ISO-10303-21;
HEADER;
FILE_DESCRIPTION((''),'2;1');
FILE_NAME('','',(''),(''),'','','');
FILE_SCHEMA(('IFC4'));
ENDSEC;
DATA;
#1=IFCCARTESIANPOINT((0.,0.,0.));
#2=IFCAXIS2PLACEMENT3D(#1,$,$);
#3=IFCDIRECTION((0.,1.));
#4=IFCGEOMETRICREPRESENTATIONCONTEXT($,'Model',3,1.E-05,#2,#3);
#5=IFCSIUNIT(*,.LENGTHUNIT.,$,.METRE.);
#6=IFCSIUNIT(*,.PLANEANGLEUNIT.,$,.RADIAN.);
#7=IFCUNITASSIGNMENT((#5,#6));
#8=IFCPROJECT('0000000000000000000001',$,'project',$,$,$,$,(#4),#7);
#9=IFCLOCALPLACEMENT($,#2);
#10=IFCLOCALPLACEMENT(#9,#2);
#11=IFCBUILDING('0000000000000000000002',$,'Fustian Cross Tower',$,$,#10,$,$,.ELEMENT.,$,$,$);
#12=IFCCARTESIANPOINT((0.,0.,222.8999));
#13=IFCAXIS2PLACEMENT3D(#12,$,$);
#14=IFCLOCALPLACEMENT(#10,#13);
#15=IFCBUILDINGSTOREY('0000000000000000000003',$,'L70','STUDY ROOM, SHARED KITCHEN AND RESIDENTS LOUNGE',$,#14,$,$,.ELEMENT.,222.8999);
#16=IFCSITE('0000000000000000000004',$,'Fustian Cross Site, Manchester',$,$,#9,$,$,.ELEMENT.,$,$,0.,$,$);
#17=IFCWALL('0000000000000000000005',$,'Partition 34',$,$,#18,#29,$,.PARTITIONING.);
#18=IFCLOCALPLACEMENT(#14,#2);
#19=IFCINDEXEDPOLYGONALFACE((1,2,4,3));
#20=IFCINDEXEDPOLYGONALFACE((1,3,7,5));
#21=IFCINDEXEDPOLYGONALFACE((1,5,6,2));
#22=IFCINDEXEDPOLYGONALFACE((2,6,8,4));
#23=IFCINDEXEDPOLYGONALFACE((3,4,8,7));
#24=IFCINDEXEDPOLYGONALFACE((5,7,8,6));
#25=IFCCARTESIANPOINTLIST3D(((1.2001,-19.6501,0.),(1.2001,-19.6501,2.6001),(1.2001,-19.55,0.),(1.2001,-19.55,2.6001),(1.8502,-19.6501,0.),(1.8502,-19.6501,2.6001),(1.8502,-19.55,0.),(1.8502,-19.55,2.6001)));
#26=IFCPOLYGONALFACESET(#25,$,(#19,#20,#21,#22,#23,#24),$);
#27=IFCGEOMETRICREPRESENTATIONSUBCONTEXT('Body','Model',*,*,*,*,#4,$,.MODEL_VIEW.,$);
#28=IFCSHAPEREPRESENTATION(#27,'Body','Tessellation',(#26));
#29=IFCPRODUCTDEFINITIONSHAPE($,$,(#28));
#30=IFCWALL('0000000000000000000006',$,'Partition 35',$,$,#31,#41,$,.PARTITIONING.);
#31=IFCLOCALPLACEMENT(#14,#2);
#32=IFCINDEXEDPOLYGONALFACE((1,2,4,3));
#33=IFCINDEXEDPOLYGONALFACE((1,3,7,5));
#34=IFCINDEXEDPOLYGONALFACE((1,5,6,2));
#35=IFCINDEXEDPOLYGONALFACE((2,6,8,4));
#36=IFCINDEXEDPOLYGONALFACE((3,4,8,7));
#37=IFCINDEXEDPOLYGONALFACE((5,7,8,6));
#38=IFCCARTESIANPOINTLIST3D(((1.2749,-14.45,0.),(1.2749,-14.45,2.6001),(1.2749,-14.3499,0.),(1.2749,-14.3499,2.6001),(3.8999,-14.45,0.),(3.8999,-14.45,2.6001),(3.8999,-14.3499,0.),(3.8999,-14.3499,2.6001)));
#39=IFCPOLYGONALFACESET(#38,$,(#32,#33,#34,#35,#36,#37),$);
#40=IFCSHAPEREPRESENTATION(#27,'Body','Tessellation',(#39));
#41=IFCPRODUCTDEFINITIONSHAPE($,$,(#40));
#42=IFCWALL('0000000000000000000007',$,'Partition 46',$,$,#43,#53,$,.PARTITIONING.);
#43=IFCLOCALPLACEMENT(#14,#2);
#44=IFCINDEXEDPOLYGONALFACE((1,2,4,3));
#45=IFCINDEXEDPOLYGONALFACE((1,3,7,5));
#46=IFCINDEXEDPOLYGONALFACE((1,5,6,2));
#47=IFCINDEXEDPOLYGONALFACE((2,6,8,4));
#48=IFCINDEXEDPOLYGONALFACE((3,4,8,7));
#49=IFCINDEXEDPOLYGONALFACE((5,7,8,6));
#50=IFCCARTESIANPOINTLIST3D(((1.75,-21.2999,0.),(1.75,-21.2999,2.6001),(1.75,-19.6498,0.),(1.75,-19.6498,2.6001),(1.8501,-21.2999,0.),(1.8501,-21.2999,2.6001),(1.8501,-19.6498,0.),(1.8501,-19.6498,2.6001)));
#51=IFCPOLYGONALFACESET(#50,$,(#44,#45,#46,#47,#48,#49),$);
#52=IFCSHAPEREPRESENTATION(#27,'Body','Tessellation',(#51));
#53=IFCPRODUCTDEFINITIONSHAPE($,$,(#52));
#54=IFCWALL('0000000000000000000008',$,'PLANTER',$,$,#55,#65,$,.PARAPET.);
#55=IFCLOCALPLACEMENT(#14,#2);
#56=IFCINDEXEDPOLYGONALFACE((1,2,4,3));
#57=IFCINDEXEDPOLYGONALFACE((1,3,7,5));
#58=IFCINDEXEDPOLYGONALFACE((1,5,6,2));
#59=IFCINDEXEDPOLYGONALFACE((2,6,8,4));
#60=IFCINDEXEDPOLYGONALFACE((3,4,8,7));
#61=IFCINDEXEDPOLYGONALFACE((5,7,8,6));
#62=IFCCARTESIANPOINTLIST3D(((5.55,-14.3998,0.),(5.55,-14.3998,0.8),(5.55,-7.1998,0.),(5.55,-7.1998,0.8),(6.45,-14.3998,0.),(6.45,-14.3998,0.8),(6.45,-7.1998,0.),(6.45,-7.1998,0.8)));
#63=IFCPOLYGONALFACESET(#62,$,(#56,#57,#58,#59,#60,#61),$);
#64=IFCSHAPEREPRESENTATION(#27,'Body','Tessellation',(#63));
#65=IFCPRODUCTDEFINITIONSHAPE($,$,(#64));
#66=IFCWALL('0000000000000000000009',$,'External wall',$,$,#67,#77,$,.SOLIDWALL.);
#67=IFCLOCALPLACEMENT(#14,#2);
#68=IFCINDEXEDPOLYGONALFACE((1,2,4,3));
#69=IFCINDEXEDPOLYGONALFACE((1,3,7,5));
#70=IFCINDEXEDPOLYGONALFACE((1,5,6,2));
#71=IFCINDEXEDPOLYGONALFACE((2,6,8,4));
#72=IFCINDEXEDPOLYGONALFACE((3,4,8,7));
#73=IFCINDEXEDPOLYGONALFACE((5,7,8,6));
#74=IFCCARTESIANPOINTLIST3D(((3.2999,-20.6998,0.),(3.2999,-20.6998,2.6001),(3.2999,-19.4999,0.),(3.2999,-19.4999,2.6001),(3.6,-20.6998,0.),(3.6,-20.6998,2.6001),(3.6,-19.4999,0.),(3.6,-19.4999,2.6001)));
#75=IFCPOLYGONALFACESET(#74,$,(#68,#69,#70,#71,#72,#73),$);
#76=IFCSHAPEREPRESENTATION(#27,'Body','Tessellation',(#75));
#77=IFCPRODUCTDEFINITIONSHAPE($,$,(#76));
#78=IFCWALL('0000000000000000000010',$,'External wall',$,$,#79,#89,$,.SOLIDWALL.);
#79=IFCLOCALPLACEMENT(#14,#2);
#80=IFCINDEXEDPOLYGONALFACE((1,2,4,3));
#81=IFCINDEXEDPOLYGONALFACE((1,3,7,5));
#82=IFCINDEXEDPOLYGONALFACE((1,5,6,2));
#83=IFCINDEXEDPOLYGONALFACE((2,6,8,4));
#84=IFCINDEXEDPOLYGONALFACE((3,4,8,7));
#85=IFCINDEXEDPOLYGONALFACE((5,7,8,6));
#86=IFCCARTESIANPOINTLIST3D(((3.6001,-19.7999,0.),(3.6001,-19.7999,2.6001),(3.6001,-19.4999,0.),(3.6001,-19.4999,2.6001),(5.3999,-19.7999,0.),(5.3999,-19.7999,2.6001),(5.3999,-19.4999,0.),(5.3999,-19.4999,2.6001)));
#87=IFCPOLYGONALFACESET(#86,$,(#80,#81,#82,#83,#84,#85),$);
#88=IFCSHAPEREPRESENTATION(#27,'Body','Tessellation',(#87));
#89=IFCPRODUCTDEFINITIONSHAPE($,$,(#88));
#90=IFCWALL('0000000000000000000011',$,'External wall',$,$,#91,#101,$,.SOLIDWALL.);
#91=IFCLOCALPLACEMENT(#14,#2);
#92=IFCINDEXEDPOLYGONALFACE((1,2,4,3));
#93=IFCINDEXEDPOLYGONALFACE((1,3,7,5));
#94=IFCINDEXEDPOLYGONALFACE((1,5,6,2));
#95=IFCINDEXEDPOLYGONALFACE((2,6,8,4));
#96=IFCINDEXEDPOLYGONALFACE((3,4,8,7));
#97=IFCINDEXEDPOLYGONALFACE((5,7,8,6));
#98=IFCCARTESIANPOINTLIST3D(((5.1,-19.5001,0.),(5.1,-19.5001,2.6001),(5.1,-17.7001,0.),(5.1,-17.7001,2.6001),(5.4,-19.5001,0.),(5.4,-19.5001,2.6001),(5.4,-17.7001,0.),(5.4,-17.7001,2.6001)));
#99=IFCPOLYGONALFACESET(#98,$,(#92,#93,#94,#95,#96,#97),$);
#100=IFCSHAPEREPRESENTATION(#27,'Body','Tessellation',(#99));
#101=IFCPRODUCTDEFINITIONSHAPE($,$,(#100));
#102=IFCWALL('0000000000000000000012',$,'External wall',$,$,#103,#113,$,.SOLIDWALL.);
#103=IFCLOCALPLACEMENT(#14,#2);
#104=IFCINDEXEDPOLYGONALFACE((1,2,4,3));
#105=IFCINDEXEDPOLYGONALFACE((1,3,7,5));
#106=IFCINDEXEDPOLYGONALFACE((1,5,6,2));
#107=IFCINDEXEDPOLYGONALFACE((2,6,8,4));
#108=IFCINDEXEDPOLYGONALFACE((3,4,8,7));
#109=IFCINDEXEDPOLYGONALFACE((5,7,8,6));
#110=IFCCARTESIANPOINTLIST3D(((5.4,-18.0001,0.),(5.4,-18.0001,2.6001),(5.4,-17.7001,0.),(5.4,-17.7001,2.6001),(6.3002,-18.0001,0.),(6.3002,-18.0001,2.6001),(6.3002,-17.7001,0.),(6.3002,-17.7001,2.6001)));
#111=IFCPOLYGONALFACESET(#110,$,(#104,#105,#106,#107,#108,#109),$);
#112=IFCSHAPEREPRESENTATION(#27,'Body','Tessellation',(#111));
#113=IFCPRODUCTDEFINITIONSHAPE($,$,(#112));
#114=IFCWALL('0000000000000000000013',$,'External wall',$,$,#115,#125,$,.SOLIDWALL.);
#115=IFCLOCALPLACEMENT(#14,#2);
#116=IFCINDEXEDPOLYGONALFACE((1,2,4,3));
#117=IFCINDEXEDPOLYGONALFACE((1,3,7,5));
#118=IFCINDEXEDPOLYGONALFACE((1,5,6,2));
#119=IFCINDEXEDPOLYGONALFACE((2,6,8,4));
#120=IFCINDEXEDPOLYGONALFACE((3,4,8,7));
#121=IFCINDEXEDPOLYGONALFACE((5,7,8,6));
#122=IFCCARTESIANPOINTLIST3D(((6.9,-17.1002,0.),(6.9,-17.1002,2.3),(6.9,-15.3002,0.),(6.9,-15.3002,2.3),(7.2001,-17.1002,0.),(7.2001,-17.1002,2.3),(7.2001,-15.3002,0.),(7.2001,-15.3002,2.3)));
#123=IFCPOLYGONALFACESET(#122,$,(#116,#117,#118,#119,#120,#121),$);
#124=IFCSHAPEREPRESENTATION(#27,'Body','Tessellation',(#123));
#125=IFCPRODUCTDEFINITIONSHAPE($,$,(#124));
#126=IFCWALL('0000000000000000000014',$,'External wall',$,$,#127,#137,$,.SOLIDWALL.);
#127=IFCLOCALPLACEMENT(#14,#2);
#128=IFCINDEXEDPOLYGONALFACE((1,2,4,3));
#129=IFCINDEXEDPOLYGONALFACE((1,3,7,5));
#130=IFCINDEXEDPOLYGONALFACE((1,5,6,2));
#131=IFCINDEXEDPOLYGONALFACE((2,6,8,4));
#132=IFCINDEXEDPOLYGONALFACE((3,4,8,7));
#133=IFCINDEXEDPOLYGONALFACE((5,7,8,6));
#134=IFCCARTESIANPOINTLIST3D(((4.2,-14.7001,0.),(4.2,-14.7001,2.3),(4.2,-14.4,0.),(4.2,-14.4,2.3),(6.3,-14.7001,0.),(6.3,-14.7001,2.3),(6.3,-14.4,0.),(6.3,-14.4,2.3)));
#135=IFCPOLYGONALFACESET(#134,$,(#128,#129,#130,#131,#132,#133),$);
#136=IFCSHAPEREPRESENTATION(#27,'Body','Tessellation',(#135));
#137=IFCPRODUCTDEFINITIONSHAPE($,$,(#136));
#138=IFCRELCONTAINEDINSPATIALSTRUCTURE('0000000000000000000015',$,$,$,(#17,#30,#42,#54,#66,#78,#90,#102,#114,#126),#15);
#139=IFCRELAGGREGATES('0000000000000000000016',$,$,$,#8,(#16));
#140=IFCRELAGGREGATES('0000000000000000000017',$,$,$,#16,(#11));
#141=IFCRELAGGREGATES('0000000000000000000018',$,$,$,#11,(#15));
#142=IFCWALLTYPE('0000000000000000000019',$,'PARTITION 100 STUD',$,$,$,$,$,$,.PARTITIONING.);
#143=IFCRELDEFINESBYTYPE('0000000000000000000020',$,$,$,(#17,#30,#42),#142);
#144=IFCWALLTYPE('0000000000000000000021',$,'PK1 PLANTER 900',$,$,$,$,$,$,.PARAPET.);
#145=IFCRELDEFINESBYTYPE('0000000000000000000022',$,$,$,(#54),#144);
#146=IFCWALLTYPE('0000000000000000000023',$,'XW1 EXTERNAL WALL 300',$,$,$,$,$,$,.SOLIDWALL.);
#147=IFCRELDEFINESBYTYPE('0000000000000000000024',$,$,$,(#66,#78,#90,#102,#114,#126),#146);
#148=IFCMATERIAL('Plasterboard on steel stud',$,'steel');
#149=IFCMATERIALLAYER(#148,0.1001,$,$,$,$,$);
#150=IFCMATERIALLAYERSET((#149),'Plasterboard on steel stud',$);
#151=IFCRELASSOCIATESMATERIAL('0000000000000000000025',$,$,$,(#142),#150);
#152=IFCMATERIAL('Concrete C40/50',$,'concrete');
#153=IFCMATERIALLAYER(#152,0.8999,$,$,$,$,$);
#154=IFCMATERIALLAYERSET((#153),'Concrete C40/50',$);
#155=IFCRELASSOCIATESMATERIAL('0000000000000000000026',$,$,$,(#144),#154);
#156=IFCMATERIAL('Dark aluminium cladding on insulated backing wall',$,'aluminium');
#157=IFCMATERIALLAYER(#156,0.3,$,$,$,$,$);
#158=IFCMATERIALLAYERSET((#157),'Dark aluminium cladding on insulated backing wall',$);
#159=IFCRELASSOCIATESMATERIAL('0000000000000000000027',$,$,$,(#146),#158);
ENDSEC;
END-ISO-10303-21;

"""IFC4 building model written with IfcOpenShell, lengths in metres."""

from ifc_helpers import new_model, si_unit, direction, frame, frame_2d, origin, place, context, subcontext, project, spatial, rectangle, extrude, material, layer, layer_set, type_object, element, save


model = new_model("IFC4")

# Units and contexts
model_context = context("Model", 3, precision=1e-05, world=origin(), true_north=direction((0.0, 1.0)))
body_context = subcontext(model_context, "Body", "Model", "MODEL_VIEW")
ifc_project = project(units=[si_unit("LENGTHUNIT", "METRE"), si_unit("PLANEANGLEUNIT", "RADIAN")], contexts=[model_context])

# Site, building, storey
site_placement = place(None, origin())
site = spatial("IfcSite", under=ifc_project, at=site_placement, Name="Fustian Cross Site, Manchester", CompositionType="ELEMENT", RefElevation=0.0)
building_placement = place(site_placement, origin())
building = spatial("IfcBuilding", under=site, at=building_placement, Name="Fustian Cross Tower", CompositionType="ELEMENT")
storey_placement = place(building_placement, frame((0.0, 0.0, 222.8999)))
storey = spatial("IfcBuildingStorey", under=building, at=storey_placement, Name="L70", Description="STUDY ROOM, SHARED KITCHEN AND RESIDENTS LOUNGE", CompositionType="ELEMENT", Elevation=222.8999)

# Walls
ifc_material_1 = material(Name="Plasterboard on steel stud", Category="steel")
ifc_layer_1 = layer(ifc_material_1, 0.1001)
ifc_layer_set_1 = layer_set([ifc_layer_1], Name="Plasterboard on steel stud")
wall_type_1 = type_object("IfcWallType", Name="PARTITION 100 STUD", PredefinedType="PARTITIONING", material=ifc_layer_set_1)
wall_1_placement = place(storey_placement, frame((1.2, -19.6001, 0.0), z_axis=(0.0, 0.0, 1.0), x_axis=(1.0, 0.0, 0.0)))
element("IfcWall", 1, at=wall_1_placement, inside=storey, type_object=wall_type_1, Name="Partition 34", PredefinedType="PARTITIONING", context=body_context, shape_type="SweptSolid", body=[
    extrude(rectangle(XDim=0.6501, YDim=0.1001, at=frame_2d((0.3252, 0.0))), origin(), (0.0, 0.0, 1.0), 2.6001),
])
wall_2_placement = place(storey_placement, frame((1.2749, -14.3999, 0.0), z_axis=(0.0, 0.0, 1.0), x_axis=(1.0, 0.0, 0.0)))
element("IfcWall", 2, at=wall_2_placement, inside=storey, type_object=wall_type_1, Name="Partition 35", PredefinedType="PARTITIONING", context=body_context, shape_type="SweptSolid", body=[
    extrude(rectangle(XDim=2.625, YDim=0.1001, at=frame_2d((1.3125, 0.0))), origin(), (0.0, 0.0, 1.0), 2.6001),
])
wall_3_placement = place(storey_placement, frame((1.8, -21.3, 0.0), z_axis=(0.0, 0.0, 1.0), x_axis=(0.0, 1.0, 0.0)))
element("IfcWall", 3, at=wall_3_placement, inside=storey, type_object=wall_type_1, Name="Partition 46", PredefinedType="PARTITIONING", context=body_context, shape_type="SweptSolid", body=[
    extrude(rectangle(XDim=1.6501, YDim=0.1001, at=frame_2d((0.8252, 0.0))), origin(), (0.0, 0.0, 1.0), 2.6001),
])
ifc_material_2 = material(Name="Concrete C40/50", Category="concrete")
ifc_layer_2 = layer(ifc_material_2, 0.8999)
ifc_layer_set_2 = layer_set([ifc_layer_2], Name="Concrete C40/50")
wall_type_2 = type_object("IfcWallType", Name="PK1 PLANTER 900", PredefinedType="PARAPET", material=ifc_layer_set_2)
wall_4_placement = place(storey_placement, frame((6.0, -14.3999, 0.0), z_axis=(0.0, 0.0, 1.0), x_axis=(0.0, 1.0, 0.0)))
element("IfcWall", 4, at=wall_4_placement, inside=storey, type_object=wall_type_2, Name="PLANTER", PredefinedType="PARAPET", context=body_context, shape_type="SweptSolid", body=[
    extrude(rectangle(XDim=7.2, YDim=0.8999, at=frame_2d((3.6001, 0.0))), origin(), (0.0, 0.0, 1.0), 0.8),
])
ifc_material_3 = material(Name="Dark aluminium cladding on insulated backing wall", Category="aluminium")
ifc_layer_3 = layer(ifc_material_3, 0.3)
ifc_layer_set_3 = layer_set([ifc_layer_3], Name="Dark aluminium cladding on insulated backing wall")
wall_type_3 = type_object("IfcWallType", Name="XW1 EXTERNAL WALL 300", PredefinedType="SOLIDWALL", material=ifc_layer_set_3)
wall_5_placement = place(storey_placement, frame((3.45, -20.7, 0.0), z_axis=(0.0, 0.0, 1.0), x_axis=(0.0, 1.0, 0.0)))
element("IfcWall", 5, at=wall_5_placement, inside=storey, type_object=wall_type_3, Name="External wall", PredefinedType="SOLIDWALL", context=body_context, shape_type="SweptSolid", body=[
    extrude(rectangle(XDim=1.2, YDim=0.3, at=frame_2d((0.6001, 0.0))), origin(), (0.0, 0.0, 1.0), 2.6001),
])
wall_6_placement = place(storey_placement, frame((3.6001, -19.6499, 0.0), z_axis=(0.0, 0.0, 1.0), x_axis=(1.0, 0.0, 0.0)))
element("IfcWall", 6, at=wall_6_placement, inside=storey, type_object=wall_type_3, Name="External wall", PredefinedType="SOLIDWALL", context=body_context, shape_type="SweptSolid", body=[
    extrude(rectangle(XDim=1.7998, YDim=0.3, at=frame_2d((0.8999, 0.0))), origin(), (0.0, 0.0, 1.0), 2.6001),
])
wall_7_placement = place(storey_placement, frame((5.25, -19.5, 0.0), z_axis=(0.0, 0.0, 1.0), x_axis=(0.0, 1.0, 0.0)))
element("IfcWall", 7, at=wall_7_placement, inside=storey, type_object=wall_type_3, Name="External wall", PredefinedType="SOLIDWALL", context=body_context, shape_type="SweptSolid", body=[
    extrude(rectangle(XDim=1.8, YDim=0.3, at=frame_2d((0.8999, 0.0))), origin(), (0.0, 0.0, 1.0), 2.6001),
])
wall_8_placement = place(storey_placement, frame((5.3999, -17.8501, 0.0), z_axis=(0.0, 0.0, 1.0), x_axis=(1.0, 0.0, 0.0)))
element("IfcWall", 8, at=wall_8_placement, inside=storey, type_object=wall_type_3, Name="External wall", PredefinedType="SOLIDWALL", context=body_context, shape_type="SweptSolid", body=[
    extrude(rectangle(XDim=0.9001, YDim=0.3, at=frame_2d((0.4502, 0.0))), origin(), (0.0, 0.0, 1.0), 2.6001),
])
wall_9_placement = place(storey_placement, frame((7.05, -17.1001, 0.0), z_axis=(0.0, 0.0, 1.0), x_axis=(0.0, 1.0, 0.0)))
element("IfcWall", 9, at=wall_9_placement, inside=storey, type_object=wall_type_3, Name="External wall", PredefinedType="SOLIDWALL", context=body_context, shape_type="SweptSolid", body=[
    extrude(rectangle(XDim=1.8, YDim=0.3, at=frame_2d((0.8999, 0.0))), origin(), (0.0, 0.0, 1.0), 2.3),
])
wall_10_placement = place(storey_placement, frame((6.3, -14.55, 0.0), z_axis=(0.0, 0.0, 1.0), x_axis=(-1.0, 0.0, 0.0)))
element("IfcWall", 10, at=wall_10_placement, inside=storey, type_object=wall_type_3, Name="External wall", PredefinedType="SOLIDWALL", context=body_context, shape_type="SweptSolid", body=[
    extrude(rectangle(XDim=2.1001, YDim=0.3, at=frame_2d((1.05, 0.0))), origin(), (0.0, 0.0, 1.0), 2.3),
])

save(model, "model.ifc")
